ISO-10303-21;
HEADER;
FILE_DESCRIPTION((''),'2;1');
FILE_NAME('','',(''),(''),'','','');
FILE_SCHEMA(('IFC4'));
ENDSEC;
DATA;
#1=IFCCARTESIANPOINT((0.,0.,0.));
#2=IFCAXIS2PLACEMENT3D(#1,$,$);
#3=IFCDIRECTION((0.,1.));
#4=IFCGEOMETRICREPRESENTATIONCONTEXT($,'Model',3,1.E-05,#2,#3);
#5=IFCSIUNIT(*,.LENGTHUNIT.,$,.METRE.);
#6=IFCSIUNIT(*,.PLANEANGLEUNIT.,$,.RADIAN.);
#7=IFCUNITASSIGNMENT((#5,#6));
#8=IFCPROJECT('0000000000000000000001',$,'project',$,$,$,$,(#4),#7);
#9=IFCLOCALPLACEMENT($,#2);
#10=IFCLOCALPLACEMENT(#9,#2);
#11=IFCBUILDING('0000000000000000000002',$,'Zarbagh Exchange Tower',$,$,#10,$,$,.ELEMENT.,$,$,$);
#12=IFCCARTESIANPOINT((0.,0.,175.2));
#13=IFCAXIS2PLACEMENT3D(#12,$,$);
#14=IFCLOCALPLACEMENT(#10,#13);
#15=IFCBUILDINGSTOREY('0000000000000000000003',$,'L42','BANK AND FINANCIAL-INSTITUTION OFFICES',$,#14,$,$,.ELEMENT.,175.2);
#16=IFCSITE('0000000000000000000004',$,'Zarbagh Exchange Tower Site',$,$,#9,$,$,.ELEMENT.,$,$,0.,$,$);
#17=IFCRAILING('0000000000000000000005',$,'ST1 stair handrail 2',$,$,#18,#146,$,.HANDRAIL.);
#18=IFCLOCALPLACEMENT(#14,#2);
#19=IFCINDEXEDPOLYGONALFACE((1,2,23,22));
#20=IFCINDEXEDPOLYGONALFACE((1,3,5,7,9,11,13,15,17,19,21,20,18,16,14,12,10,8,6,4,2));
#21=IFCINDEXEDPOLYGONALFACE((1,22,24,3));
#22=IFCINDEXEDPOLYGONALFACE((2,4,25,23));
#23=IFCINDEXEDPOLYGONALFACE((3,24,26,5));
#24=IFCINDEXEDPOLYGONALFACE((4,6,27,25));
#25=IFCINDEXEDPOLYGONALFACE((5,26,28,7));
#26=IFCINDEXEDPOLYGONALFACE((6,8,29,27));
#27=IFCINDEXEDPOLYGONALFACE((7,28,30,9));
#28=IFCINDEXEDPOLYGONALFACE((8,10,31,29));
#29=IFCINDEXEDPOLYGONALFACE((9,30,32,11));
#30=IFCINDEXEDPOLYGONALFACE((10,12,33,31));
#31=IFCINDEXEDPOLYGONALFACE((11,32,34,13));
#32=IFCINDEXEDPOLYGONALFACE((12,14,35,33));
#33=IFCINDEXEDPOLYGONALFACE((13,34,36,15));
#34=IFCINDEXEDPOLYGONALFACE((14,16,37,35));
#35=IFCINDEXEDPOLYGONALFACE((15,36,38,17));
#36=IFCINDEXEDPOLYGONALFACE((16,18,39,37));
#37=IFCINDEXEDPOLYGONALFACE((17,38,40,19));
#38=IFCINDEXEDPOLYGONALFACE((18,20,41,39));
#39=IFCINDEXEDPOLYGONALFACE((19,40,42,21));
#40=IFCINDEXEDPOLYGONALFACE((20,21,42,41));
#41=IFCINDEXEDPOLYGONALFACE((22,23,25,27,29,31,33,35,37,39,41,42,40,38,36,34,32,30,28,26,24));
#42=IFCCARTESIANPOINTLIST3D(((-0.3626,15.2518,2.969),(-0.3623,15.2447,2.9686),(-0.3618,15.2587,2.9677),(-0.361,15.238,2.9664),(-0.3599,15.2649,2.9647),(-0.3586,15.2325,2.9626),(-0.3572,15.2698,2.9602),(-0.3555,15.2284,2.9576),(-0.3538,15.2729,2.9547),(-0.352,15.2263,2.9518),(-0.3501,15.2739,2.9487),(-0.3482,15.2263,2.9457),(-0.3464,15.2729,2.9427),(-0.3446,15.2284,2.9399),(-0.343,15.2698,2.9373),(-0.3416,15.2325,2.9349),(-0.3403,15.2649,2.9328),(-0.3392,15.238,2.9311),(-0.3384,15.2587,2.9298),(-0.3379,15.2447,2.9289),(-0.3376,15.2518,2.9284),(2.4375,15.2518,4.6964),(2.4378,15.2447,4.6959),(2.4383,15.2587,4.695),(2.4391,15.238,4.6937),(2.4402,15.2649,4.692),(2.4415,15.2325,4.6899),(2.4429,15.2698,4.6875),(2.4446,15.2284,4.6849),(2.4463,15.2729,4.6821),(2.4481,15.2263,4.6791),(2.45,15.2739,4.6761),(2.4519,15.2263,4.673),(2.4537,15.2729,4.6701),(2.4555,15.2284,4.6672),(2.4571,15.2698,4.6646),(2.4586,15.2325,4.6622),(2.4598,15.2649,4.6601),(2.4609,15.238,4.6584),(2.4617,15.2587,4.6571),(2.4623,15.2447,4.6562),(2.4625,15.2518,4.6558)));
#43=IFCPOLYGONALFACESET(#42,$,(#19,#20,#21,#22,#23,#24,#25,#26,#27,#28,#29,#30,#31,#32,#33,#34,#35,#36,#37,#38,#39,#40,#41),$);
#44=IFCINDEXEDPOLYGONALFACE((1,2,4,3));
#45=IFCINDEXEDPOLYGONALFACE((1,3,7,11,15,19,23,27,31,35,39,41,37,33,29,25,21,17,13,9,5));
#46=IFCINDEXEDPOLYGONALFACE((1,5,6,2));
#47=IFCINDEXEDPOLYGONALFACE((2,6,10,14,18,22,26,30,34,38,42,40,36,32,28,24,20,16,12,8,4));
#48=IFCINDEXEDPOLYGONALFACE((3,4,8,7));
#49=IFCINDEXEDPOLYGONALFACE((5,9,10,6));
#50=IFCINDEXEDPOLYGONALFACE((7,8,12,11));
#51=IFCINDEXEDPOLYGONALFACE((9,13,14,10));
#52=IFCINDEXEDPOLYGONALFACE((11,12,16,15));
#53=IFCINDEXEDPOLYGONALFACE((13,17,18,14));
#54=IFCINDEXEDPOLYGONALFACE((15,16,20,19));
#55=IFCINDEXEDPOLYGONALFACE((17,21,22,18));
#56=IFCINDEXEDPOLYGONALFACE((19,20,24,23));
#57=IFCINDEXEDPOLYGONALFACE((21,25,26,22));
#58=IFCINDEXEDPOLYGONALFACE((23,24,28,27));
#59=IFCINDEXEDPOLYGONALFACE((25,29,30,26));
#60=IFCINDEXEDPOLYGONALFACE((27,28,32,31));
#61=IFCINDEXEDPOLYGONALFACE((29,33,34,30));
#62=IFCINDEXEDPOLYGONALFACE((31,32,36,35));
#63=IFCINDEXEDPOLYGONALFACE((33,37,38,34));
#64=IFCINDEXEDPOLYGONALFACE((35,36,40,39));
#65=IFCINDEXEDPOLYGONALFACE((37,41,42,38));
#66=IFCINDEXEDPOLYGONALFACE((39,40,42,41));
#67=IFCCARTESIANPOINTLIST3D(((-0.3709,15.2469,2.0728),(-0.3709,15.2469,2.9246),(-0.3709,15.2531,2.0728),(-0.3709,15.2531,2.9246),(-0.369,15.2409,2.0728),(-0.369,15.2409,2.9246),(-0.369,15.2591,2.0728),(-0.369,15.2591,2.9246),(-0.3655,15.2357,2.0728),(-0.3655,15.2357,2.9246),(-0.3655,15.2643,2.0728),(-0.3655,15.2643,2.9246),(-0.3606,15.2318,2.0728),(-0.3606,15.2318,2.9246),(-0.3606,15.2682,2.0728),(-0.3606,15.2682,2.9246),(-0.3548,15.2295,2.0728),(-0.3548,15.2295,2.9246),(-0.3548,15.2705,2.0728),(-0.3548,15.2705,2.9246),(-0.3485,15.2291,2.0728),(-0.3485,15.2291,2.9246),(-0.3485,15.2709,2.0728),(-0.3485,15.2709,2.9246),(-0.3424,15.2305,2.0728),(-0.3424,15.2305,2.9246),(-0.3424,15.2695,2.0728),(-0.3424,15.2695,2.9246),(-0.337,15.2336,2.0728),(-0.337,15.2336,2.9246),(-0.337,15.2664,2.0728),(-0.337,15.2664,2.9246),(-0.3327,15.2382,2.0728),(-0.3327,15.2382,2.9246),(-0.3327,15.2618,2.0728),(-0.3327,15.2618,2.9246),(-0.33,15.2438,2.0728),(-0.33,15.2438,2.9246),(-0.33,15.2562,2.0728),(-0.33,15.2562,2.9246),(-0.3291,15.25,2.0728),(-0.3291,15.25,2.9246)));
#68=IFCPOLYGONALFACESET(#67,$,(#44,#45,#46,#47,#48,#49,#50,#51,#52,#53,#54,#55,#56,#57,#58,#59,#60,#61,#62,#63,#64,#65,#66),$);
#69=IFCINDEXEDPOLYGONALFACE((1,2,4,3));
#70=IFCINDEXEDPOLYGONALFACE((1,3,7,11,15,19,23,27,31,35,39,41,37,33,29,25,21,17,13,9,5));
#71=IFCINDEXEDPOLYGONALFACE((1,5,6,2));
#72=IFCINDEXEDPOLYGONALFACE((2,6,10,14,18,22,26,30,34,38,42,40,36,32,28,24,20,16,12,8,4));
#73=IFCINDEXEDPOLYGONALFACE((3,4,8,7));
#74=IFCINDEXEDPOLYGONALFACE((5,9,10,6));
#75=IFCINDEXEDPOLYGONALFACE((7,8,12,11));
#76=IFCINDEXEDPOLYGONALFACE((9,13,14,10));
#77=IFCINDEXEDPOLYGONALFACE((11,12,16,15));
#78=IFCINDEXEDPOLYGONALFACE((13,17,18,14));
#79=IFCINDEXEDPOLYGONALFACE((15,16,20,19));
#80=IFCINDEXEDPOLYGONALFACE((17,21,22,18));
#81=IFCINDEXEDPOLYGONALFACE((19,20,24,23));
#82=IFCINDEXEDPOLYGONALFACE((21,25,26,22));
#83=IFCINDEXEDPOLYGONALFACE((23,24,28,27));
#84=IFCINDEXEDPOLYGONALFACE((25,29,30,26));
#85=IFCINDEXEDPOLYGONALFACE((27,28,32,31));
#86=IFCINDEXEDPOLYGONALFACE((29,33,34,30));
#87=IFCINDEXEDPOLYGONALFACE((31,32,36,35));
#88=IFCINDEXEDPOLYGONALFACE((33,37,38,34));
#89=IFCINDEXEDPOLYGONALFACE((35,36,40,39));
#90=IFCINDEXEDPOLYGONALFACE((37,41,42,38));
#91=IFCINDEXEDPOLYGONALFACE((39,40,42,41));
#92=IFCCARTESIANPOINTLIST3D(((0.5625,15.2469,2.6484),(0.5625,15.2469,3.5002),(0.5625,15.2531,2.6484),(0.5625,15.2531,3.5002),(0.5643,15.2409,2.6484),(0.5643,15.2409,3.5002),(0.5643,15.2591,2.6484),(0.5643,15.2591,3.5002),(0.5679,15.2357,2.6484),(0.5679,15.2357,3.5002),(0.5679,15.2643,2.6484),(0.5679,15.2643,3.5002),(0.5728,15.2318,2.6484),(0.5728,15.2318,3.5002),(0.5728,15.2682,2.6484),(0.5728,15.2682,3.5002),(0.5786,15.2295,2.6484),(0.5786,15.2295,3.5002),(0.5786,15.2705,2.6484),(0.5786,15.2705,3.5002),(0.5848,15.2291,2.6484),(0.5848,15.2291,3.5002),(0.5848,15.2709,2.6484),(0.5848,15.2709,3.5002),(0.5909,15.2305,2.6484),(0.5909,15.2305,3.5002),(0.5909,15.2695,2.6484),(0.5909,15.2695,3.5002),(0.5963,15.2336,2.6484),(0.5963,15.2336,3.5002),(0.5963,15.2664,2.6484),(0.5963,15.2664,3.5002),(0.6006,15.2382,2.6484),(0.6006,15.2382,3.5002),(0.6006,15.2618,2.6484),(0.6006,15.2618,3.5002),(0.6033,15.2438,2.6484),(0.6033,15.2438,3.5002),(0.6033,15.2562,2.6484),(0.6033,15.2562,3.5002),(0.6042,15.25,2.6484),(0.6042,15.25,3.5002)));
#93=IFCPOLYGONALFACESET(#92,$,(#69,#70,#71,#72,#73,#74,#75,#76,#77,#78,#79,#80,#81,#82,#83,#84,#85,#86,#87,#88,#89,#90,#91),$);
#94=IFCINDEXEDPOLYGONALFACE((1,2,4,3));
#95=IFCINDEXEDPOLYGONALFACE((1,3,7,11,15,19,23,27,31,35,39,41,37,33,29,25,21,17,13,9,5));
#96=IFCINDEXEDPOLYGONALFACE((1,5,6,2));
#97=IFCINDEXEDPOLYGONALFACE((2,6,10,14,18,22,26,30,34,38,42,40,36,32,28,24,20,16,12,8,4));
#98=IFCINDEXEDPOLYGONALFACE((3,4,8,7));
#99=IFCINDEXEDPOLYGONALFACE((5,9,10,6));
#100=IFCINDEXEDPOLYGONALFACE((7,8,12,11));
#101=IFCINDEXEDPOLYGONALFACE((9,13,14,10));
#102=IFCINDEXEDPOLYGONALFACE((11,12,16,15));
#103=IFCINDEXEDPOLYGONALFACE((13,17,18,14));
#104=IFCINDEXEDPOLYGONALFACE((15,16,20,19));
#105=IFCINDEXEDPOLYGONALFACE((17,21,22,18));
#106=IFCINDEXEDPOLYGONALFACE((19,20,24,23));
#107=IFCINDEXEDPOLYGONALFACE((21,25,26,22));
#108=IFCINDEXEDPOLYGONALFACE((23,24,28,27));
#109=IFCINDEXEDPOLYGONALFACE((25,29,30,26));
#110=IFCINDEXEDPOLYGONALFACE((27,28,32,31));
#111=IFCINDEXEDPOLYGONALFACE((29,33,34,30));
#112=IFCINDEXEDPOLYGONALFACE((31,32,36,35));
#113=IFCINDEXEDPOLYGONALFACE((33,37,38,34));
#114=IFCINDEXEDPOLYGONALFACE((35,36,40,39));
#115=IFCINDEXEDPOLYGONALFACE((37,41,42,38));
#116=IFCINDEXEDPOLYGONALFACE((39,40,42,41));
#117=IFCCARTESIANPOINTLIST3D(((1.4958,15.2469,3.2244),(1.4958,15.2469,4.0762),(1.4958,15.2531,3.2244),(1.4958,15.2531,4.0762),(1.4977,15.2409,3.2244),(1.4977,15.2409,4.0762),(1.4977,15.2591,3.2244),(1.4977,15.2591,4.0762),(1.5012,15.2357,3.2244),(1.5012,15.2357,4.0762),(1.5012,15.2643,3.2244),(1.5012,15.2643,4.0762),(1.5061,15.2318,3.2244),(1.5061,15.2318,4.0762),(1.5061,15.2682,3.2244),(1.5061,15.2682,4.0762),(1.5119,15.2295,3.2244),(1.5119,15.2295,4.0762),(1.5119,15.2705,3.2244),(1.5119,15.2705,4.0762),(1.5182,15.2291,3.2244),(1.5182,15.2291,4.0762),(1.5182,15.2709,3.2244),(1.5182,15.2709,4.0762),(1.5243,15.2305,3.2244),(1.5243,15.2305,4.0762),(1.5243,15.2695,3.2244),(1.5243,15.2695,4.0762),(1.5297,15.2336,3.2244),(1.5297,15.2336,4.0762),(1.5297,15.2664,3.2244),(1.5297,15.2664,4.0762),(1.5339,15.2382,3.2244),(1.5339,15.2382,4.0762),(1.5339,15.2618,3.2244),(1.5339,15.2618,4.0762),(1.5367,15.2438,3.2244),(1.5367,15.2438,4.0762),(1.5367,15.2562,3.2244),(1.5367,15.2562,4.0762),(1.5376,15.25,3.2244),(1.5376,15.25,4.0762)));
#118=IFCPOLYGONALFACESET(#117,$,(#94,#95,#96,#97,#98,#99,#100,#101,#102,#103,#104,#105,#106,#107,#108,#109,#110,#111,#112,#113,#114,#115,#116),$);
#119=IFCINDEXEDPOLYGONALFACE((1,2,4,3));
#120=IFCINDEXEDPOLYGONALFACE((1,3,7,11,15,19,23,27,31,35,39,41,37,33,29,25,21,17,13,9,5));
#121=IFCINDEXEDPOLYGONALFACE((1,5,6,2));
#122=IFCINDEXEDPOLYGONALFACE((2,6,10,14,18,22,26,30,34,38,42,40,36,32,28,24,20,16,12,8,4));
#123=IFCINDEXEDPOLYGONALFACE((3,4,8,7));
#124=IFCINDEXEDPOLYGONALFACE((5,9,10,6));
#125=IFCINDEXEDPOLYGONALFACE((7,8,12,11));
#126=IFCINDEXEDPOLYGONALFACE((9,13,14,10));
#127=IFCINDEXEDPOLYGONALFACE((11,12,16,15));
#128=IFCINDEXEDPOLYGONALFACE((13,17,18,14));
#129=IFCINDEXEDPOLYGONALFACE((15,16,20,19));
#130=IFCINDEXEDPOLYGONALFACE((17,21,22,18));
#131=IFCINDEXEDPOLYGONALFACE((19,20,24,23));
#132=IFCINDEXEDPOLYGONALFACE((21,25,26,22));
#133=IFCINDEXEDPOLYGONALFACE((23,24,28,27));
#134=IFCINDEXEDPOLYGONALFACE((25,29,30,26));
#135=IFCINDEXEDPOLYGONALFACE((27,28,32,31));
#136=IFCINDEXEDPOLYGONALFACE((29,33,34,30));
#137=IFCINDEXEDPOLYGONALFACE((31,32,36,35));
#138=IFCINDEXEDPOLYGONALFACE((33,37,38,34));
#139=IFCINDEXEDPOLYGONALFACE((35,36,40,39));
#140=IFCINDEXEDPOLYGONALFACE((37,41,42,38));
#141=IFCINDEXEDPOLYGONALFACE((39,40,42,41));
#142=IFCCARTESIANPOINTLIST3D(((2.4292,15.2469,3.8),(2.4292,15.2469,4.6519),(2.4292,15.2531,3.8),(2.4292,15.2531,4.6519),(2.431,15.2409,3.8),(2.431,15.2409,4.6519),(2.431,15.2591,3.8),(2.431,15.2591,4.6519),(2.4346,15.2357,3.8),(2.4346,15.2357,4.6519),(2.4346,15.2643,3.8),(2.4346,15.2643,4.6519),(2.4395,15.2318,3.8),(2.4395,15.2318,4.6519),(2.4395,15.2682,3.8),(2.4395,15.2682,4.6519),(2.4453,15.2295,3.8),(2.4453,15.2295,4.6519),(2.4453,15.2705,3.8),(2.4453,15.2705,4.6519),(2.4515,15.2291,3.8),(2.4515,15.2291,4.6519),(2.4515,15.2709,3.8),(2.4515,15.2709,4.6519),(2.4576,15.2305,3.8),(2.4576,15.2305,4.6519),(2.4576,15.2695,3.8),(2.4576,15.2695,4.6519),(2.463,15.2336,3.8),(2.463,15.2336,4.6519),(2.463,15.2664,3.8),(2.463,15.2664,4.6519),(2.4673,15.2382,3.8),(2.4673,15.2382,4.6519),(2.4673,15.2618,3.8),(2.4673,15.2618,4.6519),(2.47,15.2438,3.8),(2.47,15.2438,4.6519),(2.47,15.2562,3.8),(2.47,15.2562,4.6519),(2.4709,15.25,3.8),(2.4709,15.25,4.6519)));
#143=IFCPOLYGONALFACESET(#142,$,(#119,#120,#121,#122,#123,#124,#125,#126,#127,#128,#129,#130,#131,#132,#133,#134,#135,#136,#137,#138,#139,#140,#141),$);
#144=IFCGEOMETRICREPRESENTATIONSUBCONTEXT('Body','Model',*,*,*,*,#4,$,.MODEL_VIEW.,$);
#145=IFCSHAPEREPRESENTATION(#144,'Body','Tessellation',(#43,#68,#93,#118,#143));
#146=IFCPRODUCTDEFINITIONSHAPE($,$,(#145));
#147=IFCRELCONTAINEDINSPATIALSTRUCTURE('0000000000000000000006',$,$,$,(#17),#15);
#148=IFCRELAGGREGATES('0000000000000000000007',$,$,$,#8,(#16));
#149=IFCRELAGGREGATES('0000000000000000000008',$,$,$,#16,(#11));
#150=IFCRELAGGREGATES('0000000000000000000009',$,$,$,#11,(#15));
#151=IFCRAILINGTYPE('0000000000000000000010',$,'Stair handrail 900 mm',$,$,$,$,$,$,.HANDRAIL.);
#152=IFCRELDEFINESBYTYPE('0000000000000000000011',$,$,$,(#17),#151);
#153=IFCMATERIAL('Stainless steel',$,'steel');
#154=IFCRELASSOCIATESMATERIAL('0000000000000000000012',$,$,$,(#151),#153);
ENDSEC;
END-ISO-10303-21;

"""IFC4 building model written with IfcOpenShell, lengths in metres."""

from ifc_helpers import new_model, si_unit, direction, frame, origin, origin_2d, place, context, subcontext, project, spatial, circle, extrude, material, type_object, element, save


model = new_model("IFC4")

# Units and contexts
model_context = context("Model", 3, precision=1e-05, world=origin(), true_north=direction((0.0, 1.0)))
body_context = subcontext(model_context, "Body", "Model", "MODEL_VIEW")
ifc_project = project(units=[si_unit("LENGTHUNIT", "METRE"), si_unit("PLANEANGLEUNIT", "RADIAN")], contexts=[model_context])

# Site, building, storey
site_placement = place(None, origin())
site = spatial("IfcSite", under=ifc_project, at=site_placement, Name="Zarbagh Exchange Tower Site", CompositionType="ELEMENT", RefElevation=0.0)
building_placement = place(site_placement, origin())
building = spatial("IfcBuilding", under=site, at=building_placement, Name="Zarbagh Exchange Tower", CompositionType="ELEMENT")
storey_placement = place(building_placement, frame((0.0, 0.0, 175.2)))
storey = spatial("IfcBuildingStorey", under=building, at=storey_placement, Name="L42", Description="BANK AND FINANCIAL-INSTITUTION OFFICES", CompositionType="ELEMENT", Elevation=175.2)

# Railing
ifc_material_1 = material(Name="Stainless steel", Category="steel")
railing_type_1 = type_object("IfcRailingType", Name="Stair handrail 900 mm", PredefinedType="HANDRAIL", material=ifc_material_1)
railing_1_placement = place(storey_placement, frame((-0.3501, 15.25, 2.0728)))
element("IfcRailing", 1, at=railing_1_placement, inside=storey, type_object=railing_type_1, Name="ST1 stair handrail 2", PredefinedType="HANDRAIL", context=body_context, shape_type="SweptSolid", body=[
    extrude(circle(Radius=0.0239, at=origin_2d()), frame((0.0, 0.0, 0.876), z_axis=(0.85109, 0.0, 0.52502), x_axis=(0.0, 1.0, 0.0)), (0.0, 0.0, 1.0), 3.29),
    extrude(circle(Radius=0.021, at=origin_2d()), origin(), (0.0, 0.0, 1.0), 0.8518),
    extrude(circle(Radius=0.021, at=origin_2d()), frame((0.9333, 0.0, 0.5757)), (0.0, 0.0, 1.0), 0.8518),
    extrude(circle(Radius=0.021, at=origin_2d()), frame((1.8667, 0.0, 1.1516)), (0.0, 0.0, 1.0), 0.8518),
    extrude(circle(Radius=0.021, at=origin_2d()), frame((2.8, 0.0, 1.7273)), (0.0, 0.0, 1.0), 0.8518),
])

save(model, "model.ifc")
